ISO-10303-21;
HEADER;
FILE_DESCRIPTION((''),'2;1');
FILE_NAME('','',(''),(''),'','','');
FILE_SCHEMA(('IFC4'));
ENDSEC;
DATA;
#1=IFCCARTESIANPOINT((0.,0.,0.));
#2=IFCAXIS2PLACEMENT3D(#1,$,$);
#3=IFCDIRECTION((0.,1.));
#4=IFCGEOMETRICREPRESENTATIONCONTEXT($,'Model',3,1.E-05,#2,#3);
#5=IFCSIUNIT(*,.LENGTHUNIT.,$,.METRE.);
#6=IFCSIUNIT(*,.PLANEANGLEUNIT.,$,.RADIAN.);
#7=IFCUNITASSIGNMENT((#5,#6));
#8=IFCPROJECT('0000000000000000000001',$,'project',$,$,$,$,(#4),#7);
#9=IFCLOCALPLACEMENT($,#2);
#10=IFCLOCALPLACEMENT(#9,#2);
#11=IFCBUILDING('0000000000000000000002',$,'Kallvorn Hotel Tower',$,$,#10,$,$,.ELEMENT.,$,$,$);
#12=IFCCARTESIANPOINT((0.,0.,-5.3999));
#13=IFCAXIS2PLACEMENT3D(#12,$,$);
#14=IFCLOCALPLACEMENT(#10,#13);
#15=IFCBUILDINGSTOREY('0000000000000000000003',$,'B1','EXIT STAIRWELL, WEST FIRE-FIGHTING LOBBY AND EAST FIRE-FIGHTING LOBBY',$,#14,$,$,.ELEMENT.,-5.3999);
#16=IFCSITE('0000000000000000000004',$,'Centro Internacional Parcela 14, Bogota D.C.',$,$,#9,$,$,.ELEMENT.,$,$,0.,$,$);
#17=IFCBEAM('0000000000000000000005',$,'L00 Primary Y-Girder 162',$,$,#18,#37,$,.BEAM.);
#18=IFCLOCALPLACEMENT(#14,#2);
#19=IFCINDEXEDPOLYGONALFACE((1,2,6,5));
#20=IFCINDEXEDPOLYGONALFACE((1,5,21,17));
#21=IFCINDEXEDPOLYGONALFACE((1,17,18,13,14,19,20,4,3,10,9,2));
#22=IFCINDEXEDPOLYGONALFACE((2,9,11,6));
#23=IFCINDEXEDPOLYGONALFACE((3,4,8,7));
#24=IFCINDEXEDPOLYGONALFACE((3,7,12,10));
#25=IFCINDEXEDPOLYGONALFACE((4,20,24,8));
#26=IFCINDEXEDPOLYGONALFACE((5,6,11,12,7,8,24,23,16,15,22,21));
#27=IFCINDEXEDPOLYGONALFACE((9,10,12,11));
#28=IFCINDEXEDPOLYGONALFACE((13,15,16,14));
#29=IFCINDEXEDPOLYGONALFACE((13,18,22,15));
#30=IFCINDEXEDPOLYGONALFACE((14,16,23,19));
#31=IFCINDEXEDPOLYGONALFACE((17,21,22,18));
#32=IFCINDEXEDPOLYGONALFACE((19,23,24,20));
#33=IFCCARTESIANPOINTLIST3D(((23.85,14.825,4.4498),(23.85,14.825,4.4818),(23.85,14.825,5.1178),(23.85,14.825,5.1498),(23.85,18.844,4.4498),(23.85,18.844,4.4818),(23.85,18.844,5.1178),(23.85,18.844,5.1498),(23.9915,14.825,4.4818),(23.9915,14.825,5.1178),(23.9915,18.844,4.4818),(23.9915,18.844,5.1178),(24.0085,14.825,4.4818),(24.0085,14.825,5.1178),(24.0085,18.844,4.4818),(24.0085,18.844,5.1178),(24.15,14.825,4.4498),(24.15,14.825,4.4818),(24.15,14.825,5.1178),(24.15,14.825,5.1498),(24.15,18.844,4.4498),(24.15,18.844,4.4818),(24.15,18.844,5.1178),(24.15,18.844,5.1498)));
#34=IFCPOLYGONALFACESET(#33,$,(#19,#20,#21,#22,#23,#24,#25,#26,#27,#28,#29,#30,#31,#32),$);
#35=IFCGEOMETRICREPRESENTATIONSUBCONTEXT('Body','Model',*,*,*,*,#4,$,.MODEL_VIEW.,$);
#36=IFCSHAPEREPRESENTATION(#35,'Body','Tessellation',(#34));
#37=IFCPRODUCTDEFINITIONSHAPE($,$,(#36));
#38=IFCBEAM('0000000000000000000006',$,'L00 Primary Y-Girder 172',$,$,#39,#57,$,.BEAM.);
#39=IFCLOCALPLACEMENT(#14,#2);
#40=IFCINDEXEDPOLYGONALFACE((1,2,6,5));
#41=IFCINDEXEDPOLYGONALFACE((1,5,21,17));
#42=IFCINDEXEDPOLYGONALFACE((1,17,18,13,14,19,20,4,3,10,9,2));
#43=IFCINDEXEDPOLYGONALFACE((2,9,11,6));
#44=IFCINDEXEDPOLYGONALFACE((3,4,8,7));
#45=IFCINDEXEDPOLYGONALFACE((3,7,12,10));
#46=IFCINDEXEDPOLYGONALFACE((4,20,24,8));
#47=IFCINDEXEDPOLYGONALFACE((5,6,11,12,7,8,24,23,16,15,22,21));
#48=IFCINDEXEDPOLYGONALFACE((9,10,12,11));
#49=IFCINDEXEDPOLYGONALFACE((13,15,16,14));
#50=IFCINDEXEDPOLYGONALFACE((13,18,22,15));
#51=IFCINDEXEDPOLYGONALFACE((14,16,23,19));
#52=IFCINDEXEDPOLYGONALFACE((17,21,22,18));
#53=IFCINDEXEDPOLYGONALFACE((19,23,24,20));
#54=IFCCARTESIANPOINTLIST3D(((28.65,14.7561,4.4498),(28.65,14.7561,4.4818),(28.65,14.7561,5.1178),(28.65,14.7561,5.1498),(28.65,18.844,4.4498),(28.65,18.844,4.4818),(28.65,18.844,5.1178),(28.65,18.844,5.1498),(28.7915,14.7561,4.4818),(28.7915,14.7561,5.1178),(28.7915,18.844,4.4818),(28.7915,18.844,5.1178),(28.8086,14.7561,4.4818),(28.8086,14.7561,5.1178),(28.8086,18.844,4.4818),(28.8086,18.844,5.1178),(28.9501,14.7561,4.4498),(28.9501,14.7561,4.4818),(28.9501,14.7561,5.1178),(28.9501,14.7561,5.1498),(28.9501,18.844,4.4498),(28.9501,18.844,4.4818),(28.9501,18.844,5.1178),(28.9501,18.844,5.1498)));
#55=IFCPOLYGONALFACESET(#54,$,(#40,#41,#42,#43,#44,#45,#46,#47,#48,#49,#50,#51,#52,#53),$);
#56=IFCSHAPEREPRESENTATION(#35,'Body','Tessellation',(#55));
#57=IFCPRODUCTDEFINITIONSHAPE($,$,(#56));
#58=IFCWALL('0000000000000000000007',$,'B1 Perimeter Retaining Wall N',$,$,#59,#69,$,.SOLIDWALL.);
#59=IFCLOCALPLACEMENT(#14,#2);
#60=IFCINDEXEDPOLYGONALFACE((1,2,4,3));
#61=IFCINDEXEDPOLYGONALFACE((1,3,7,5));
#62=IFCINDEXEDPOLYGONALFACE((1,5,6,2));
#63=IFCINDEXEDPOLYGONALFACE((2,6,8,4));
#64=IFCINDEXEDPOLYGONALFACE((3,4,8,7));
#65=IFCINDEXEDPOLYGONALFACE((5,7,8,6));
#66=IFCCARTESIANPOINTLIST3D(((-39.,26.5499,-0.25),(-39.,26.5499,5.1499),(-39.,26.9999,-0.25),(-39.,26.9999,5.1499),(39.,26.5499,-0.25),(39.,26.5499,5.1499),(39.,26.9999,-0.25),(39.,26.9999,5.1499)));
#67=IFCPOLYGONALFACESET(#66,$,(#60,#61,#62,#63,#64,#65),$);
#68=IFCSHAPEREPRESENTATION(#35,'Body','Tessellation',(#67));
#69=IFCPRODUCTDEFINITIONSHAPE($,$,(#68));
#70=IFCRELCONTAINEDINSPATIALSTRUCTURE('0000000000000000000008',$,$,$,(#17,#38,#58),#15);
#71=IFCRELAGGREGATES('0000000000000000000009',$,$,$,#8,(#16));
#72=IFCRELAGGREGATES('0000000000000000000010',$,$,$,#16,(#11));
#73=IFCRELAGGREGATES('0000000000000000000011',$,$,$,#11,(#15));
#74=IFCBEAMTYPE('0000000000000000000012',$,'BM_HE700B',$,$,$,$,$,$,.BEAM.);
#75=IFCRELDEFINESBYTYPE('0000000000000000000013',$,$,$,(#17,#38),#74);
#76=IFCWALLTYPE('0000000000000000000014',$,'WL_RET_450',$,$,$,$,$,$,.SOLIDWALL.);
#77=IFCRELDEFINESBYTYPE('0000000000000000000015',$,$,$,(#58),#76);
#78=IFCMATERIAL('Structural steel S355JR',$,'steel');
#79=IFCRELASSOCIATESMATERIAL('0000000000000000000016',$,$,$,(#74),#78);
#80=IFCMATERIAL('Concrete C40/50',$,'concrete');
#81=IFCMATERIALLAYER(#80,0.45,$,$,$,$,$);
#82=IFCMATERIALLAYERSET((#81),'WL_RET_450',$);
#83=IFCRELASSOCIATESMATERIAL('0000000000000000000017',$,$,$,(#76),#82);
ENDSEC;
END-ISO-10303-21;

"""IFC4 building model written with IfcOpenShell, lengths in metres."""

from ifc_helpers import new_model, si_unit, direction, frame, frame_2d, origin, origin_2d, place, context, subcontext, project, spatial, rectangle, i_section, extrude, material, layer, layer_set, material_profile, profile_set, type_object, element, save


model = new_model("IFC4")

# Units and contexts
model_context = context("Model", 3, precision=1e-05, world=origin(), true_north=direction((0.0, 1.0)))
body_context = subcontext(model_context, "Body", "Model", "MODEL_VIEW")
ifc_project = project(units=[si_unit("LENGTHUNIT", "METRE"), si_unit("PLANEANGLEUNIT", "RADIAN")], contexts=[model_context])

# Site, building, storey
site_placement = place(None, origin())
site = spatial("IfcSite", under=ifc_project, at=site_placement, Name="Centro Internacional Parcela 14, Bogota D.C.", CompositionType="ELEMENT", RefElevation=0.0)
building_placement = place(site_placement, origin())
building = spatial("IfcBuilding", under=site, at=building_placement, Name="Kallvorn Hotel Tower", CompositionType="ELEMENT")
storey_placement = place(building_placement, frame((0.0, 0.0, -5.3999)))
storey = spatial("IfcBuildingStorey", under=building, at=storey_placement, Name="B1", Description="EXIT STAIRWELL, WEST FIRE-FIGHTING LOBBY AND EAST FIRE-FIGHTING LOBBY", CompositionType="ELEMENT", Elevation=-5.3999)

# Beams
ifc_material_1 = material(Name="Structural steel S355JR", Category="steel")
ifc_material_profile_1 = material_profile(ifc_material_1, i_section(OverallWidth=0.3, OverallDepth=0.7, WebThickness=0.0171, FlangeThickness=0.032, at=origin_2d()), Name="HE 700 B")
ifc_profile_set_1 = profile_set([ifc_material_profile_1], Name="Structural steel S355JR")
beam_type_1 = type_object("IfcBeamType", Name="BM_HE700B", PredefinedType="BEAM", material=ifc_profile_set_1)
beam_1_placement = place(storey_placement, frame((24.0, 14.825, 4.7998), z_axis=(0.0, 1.0, 0.0), x_axis=(-1.0, 0.0, 0.0)))
element("IfcBeam", 1, at=beam_1_placement, inside=storey, type_object=beam_type_1, Name="L00 Primary Y-Girder 162", PredefinedType="BEAM", context=body_context, shape_type="SweptSolid", body=[
    extrude(i_section(OverallWidth=0.3, OverallDepth=0.7, WebThickness=0.0171, FlangeThickness=0.032, at=origin_2d()), origin(), (0.0, 0.0, 1.0), 4.019),
])
beam_2_placement = place(storey_placement, frame((28.8, 14.7561, 4.7998), z_axis=(0.0, 1.0, 0.0), x_axis=(-1.0, 0.0, 0.0)))
element("IfcBeam", 2, at=beam_2_placement, inside=storey, type_object=beam_type_1, Name="L00 Primary Y-Girder 172", PredefinedType="BEAM", context=body_context, shape_type="SweptSolid", body=[
    extrude(i_section(OverallWidth=0.3, OverallDepth=0.7, WebThickness=0.0171, FlangeThickness=0.032, at=origin_2d()), origin(), (0.0, 0.0, 1.0), 4.0879),
])

# Wall
ifc_material_2 = material(Name="Concrete C40/50", Category="concrete")
ifc_layer = layer(ifc_material_2, 0.45)
ifc_layer_set = layer_set([ifc_layer], Name="WL_RET_450")
wall_type = type_object("IfcWallType", Name="WL_RET_450", PredefinedType="SOLIDWALL", material=ifc_layer_set)
wall_placement = place(storey_placement, frame((39.0, 26.7749, -0.25), z_axis=(0.0, 0.0, 1.0), x_axis=(-1.0, 0.0, 0.0)))
element("IfcWall", 3, at=wall_placement, inside=storey, type_object=wall_type, Name="B1 Perimeter Retaining Wall N", PredefinedType="SOLIDWALL", context=body_context, shape_type="SweptSolid", body=[
    extrude(rectangle(XDim=78.0, YDim=0.45, at=frame_2d((39.0, 0.0))), origin(), (0.0, 0.0, 1.0), 5.3999),
])

save(model, "model.ifc")
